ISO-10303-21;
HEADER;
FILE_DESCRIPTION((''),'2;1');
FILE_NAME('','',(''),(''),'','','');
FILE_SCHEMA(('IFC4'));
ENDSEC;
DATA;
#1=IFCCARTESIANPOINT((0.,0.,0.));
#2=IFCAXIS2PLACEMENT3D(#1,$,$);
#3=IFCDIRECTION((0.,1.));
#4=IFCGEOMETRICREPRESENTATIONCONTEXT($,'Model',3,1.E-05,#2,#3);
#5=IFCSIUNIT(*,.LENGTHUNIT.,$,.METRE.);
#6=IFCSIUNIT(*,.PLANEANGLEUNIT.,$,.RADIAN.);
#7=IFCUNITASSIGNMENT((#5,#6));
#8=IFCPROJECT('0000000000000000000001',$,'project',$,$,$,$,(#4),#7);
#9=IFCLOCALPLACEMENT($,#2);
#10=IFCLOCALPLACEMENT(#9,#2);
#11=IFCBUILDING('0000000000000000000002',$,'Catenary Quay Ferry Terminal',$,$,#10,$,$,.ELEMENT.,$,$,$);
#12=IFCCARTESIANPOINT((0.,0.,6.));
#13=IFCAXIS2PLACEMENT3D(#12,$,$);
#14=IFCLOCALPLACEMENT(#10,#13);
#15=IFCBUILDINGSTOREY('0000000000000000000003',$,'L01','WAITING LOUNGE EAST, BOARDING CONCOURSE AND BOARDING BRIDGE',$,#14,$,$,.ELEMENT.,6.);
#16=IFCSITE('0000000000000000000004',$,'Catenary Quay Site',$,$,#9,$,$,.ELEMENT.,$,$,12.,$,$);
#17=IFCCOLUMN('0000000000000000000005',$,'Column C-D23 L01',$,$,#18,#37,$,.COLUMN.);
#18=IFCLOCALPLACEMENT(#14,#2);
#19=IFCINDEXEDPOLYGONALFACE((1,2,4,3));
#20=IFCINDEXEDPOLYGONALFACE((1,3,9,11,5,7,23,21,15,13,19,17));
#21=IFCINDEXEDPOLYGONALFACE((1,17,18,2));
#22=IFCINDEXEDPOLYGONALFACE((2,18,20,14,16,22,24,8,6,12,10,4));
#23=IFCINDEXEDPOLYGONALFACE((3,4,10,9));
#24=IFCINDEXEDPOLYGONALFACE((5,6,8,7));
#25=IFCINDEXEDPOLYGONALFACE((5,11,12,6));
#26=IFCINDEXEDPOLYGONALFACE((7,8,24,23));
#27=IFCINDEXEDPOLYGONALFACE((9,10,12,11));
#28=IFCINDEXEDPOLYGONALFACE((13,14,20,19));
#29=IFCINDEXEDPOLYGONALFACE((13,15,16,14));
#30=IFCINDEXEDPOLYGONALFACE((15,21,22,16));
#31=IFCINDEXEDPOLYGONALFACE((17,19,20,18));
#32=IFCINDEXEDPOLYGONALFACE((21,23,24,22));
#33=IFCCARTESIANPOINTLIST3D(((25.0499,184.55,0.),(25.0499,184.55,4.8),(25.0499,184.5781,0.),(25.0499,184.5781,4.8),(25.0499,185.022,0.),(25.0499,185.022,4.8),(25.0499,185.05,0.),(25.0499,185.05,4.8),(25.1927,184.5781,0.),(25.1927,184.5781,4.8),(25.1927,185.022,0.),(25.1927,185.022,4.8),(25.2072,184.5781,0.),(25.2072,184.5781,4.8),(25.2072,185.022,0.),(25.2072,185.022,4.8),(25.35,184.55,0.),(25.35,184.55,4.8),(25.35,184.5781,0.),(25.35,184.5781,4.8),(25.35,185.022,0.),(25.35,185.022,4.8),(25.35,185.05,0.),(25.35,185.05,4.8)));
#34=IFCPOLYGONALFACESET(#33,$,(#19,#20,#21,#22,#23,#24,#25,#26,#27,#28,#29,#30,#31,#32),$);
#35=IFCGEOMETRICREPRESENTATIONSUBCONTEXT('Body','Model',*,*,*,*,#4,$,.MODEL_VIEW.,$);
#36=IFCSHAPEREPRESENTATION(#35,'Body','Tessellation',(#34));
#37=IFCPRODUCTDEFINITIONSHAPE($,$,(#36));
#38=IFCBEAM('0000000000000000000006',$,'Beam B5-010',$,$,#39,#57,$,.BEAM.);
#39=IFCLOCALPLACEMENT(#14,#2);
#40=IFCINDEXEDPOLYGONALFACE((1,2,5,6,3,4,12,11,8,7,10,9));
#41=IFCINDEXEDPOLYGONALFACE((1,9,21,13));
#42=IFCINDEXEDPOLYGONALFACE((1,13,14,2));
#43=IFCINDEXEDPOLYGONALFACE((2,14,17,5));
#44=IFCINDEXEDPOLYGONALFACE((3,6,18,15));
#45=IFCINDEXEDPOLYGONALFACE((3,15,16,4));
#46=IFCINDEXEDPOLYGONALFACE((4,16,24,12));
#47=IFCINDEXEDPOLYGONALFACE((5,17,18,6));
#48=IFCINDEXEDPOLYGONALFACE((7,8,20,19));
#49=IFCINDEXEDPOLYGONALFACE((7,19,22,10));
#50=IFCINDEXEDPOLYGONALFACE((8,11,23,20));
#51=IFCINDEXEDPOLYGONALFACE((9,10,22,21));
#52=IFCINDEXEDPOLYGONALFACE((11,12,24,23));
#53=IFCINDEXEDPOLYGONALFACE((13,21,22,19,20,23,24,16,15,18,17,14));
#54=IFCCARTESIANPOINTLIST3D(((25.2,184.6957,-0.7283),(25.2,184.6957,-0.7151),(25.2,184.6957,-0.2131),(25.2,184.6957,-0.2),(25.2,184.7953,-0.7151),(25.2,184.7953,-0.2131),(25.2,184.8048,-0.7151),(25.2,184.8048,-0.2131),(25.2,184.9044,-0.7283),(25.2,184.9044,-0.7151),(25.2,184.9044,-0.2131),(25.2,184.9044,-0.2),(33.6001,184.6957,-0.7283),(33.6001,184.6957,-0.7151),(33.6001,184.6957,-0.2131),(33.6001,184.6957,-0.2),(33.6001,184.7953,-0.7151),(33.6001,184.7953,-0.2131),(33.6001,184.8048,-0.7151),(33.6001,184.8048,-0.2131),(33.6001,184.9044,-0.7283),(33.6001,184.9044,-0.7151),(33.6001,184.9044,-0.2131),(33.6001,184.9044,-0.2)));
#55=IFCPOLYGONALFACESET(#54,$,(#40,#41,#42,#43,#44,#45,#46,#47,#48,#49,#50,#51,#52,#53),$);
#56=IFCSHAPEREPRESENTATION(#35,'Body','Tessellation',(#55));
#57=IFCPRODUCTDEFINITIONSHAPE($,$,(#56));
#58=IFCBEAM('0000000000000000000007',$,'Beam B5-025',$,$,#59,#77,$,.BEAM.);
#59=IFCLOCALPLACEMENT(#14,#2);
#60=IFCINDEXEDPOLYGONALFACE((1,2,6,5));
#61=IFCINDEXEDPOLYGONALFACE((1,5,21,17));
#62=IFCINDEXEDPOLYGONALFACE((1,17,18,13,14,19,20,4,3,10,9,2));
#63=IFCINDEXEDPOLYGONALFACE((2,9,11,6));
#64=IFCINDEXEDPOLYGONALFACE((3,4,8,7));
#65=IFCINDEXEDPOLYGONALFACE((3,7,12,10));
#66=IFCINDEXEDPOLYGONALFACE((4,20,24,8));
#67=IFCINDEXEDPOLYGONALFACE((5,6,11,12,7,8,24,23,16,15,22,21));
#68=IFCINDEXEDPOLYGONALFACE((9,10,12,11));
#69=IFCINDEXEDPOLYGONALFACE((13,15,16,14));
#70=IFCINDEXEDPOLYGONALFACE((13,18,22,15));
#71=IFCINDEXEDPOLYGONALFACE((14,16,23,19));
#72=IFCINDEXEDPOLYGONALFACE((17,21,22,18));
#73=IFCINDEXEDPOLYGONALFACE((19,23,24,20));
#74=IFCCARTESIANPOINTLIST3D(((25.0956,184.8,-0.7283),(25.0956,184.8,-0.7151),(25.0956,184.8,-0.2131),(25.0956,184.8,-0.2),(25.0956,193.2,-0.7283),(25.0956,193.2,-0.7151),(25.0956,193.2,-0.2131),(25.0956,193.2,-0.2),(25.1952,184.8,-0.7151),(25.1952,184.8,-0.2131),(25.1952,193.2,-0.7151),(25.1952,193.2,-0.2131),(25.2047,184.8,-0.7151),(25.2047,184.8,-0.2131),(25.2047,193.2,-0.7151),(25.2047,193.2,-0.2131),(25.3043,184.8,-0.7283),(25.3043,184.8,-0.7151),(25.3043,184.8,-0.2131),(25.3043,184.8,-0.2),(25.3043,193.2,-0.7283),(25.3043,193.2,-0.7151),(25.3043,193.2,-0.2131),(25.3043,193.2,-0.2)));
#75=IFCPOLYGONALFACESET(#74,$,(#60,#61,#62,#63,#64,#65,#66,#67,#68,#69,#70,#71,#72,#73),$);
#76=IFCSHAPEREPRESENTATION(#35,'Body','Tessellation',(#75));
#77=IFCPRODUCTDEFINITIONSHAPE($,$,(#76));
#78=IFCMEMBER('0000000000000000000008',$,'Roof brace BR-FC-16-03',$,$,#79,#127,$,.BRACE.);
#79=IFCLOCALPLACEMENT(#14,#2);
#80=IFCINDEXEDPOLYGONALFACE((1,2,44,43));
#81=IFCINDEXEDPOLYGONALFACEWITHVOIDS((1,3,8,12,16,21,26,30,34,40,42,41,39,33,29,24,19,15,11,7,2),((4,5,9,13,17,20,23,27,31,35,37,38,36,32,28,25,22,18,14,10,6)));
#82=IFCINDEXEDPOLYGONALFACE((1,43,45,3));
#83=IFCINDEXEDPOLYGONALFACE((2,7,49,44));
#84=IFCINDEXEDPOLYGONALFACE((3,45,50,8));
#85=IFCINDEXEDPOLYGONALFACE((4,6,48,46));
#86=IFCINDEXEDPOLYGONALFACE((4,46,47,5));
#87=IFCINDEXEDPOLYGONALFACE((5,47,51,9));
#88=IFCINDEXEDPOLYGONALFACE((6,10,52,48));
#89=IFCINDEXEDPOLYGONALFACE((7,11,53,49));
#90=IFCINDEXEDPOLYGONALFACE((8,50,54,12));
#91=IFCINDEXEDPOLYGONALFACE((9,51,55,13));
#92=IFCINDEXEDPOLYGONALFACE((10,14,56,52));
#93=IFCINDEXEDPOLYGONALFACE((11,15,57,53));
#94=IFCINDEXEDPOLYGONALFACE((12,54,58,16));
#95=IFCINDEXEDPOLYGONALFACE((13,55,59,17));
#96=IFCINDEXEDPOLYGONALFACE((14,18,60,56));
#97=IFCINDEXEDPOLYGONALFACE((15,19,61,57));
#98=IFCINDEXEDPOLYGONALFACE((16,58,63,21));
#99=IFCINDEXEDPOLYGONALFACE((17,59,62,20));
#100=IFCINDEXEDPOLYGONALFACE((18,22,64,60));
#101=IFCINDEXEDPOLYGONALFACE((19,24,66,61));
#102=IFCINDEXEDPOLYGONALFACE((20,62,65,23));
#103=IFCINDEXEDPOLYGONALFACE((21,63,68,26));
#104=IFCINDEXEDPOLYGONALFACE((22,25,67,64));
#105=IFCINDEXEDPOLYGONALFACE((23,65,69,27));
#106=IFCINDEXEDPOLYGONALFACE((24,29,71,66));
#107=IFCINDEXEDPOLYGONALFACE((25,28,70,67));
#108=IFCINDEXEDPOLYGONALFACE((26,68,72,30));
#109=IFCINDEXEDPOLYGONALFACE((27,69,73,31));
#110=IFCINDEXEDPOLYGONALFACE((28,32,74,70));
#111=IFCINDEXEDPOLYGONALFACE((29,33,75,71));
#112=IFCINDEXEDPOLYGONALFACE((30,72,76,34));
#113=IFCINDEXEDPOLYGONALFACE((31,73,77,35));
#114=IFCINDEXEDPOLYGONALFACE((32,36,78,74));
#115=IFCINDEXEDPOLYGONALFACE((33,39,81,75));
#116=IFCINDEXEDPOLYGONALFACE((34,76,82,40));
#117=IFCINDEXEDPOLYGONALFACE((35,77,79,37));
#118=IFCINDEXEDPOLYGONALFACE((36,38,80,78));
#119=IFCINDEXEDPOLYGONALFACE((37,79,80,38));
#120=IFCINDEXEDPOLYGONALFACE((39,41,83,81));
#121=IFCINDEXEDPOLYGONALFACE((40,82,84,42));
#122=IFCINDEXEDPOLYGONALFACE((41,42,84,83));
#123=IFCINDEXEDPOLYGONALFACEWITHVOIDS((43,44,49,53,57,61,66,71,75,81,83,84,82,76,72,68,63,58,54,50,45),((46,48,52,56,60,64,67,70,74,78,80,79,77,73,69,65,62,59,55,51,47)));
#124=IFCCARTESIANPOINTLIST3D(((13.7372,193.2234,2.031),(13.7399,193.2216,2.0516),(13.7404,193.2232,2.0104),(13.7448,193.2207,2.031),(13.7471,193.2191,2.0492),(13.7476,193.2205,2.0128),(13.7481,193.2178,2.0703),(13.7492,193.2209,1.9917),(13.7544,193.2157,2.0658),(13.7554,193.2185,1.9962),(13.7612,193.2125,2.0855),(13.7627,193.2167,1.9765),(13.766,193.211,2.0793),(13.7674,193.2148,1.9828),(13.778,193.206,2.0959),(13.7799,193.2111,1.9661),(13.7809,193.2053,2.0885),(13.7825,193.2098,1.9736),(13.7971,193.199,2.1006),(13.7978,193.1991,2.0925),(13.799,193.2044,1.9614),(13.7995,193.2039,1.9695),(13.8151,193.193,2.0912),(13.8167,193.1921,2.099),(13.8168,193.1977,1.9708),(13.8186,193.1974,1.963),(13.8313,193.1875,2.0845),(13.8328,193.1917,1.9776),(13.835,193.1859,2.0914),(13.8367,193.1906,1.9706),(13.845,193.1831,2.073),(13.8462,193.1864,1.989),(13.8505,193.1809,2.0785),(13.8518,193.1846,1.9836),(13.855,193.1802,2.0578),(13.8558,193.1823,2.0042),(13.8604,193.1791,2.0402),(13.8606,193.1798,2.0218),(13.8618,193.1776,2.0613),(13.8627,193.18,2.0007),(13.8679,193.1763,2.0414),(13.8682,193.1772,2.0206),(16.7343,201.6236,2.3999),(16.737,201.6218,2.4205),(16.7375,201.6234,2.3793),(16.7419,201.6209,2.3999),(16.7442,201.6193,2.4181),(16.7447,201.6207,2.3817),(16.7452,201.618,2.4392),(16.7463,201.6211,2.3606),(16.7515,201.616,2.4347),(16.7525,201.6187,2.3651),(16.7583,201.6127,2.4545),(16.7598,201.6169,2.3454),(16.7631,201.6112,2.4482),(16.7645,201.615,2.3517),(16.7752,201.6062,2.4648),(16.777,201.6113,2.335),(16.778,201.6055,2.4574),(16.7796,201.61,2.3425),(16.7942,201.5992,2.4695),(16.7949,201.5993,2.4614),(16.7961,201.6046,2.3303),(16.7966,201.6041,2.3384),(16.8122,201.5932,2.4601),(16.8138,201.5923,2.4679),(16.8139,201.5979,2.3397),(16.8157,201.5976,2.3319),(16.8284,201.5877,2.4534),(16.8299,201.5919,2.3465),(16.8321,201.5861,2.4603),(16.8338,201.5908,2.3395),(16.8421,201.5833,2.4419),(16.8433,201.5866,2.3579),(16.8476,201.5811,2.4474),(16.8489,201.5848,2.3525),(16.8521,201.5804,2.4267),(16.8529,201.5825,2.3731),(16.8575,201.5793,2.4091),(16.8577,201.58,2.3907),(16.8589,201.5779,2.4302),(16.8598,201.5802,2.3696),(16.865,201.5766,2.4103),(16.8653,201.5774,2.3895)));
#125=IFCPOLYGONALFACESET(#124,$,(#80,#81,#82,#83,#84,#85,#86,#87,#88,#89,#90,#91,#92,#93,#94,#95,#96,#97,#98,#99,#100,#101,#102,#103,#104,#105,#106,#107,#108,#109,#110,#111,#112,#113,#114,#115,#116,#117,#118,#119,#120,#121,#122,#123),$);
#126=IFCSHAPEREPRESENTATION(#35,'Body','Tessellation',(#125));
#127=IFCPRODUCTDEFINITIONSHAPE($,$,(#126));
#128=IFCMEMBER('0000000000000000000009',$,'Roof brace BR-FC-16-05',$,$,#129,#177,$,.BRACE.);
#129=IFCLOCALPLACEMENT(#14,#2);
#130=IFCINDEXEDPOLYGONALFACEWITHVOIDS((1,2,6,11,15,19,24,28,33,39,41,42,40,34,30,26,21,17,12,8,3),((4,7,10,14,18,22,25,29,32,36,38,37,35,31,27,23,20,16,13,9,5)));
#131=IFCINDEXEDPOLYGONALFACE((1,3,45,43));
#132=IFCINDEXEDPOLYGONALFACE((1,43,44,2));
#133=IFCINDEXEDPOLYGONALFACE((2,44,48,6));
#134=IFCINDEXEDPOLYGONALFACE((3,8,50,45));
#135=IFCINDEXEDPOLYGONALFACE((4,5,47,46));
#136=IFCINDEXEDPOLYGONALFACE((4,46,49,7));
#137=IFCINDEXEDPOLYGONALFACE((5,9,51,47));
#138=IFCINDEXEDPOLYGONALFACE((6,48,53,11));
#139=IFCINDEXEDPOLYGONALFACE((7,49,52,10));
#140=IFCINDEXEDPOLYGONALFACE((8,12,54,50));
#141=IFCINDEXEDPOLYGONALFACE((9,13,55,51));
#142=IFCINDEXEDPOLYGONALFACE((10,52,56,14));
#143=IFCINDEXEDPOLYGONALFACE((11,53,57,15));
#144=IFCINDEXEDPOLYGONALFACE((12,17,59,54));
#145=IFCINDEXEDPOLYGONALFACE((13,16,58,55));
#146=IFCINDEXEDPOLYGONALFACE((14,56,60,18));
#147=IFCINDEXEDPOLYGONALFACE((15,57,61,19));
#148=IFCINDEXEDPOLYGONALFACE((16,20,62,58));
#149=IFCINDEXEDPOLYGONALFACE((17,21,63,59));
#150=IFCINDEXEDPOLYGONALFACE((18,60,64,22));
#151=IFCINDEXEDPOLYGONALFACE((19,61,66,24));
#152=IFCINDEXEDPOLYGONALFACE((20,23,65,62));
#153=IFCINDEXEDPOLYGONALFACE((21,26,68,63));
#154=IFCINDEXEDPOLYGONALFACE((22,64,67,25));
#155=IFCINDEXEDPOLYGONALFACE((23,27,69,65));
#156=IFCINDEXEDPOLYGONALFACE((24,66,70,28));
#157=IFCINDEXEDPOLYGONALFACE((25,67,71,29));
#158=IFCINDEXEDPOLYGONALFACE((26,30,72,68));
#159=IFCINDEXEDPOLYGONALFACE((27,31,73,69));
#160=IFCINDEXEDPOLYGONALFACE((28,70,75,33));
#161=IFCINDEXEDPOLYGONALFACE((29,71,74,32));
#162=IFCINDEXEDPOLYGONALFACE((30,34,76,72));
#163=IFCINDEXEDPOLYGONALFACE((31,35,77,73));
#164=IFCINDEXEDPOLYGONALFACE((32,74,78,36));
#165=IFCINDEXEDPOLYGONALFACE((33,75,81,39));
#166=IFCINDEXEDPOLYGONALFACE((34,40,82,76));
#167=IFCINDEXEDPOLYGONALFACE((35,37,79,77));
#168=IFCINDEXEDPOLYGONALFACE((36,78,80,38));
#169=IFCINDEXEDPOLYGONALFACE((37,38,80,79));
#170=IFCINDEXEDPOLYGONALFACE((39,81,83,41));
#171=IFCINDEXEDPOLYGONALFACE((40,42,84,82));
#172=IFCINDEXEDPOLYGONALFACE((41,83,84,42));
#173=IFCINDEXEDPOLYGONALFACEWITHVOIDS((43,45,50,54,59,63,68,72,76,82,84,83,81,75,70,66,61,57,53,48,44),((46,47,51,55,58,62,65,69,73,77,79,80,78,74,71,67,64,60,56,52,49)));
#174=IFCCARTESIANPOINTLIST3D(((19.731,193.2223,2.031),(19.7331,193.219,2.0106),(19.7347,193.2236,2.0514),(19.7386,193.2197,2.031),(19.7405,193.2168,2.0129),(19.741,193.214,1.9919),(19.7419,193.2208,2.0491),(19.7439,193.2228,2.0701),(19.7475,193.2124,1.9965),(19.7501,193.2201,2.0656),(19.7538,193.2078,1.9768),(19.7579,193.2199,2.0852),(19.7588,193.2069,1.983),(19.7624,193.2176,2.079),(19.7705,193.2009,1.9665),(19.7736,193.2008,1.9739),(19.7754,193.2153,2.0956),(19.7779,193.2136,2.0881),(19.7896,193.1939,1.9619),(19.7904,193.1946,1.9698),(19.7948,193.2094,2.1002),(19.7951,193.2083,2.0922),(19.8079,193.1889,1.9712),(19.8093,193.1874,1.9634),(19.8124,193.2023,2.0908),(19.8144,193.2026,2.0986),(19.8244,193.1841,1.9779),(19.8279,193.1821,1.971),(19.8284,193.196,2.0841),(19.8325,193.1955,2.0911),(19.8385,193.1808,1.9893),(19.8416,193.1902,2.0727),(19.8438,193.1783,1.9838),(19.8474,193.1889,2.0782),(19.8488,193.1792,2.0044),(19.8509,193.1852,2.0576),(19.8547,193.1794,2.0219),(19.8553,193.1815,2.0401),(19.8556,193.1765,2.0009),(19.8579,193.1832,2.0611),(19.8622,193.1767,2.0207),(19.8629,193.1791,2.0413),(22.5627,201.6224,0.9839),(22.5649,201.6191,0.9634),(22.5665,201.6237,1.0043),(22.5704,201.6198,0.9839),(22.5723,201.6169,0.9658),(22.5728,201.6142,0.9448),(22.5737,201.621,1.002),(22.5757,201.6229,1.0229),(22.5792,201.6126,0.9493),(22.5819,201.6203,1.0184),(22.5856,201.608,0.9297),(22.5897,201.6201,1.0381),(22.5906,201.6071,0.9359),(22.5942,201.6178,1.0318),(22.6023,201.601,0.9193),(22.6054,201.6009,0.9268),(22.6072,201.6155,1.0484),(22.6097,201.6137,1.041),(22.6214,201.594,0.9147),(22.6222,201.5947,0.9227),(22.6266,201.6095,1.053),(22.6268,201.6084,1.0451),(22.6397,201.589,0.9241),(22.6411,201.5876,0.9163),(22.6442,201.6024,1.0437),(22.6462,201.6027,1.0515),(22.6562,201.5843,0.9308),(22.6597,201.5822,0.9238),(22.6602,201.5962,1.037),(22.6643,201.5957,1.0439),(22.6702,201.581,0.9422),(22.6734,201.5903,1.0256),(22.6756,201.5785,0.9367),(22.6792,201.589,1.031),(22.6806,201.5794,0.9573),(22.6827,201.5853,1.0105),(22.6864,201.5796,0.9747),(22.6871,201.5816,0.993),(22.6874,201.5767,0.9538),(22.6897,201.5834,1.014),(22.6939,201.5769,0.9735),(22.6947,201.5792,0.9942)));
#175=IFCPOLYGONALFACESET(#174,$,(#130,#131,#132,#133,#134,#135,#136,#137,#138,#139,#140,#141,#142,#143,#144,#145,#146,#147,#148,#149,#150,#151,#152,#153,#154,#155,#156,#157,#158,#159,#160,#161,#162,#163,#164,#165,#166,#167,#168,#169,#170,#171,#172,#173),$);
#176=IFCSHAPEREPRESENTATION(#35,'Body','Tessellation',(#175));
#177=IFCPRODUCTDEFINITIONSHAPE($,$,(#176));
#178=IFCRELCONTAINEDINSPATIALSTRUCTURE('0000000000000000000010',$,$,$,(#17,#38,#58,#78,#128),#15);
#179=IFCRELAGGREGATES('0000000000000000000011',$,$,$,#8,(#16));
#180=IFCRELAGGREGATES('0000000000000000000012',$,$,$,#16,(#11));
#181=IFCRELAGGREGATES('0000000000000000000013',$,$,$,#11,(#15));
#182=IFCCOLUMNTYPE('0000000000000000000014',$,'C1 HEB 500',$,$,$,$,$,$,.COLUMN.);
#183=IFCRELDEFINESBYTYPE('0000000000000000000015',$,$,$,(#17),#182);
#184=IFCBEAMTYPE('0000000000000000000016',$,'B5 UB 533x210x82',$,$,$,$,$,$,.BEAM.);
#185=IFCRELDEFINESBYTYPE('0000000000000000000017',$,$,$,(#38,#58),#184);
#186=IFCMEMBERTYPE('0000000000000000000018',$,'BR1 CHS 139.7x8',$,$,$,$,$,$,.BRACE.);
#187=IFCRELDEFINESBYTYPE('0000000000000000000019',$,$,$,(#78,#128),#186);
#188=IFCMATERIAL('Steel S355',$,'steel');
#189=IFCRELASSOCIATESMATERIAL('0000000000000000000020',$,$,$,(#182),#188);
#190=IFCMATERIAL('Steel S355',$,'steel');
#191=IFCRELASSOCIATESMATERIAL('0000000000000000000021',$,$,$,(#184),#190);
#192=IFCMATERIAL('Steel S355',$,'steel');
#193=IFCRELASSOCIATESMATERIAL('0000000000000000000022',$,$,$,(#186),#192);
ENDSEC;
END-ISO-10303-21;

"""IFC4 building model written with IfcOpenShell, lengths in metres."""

from ifc_helpers import new_model, si_unit, direction, frame, origin, origin_2d, place, context, subcontext, project, spatial, hollow_circle, i_section, extrude, material, material_profile, profile_set, type_object, element, save


model = new_model("IFC4")

# Units and contexts
model_context = context("Model", 3, precision=1e-05, world=origin(), true_north=direction((0.0, 1.0)))
body_context = subcontext(model_context, "Body", "Model", "MODEL_VIEW")
ifc_project = project(units=[si_unit("LENGTHUNIT", "METRE"), si_unit("PLANEANGLEUNIT", "RADIAN")], contexts=[model_context])

# Site, building, storey
site_placement = place(None, origin())
site = spatial("IfcSite", under=ifc_project, at=site_placement, Name="Catenary Quay Site", CompositionType="ELEMENT", RefElevation=12.0)
building_placement = place(site_placement, origin())
building = spatial("IfcBuilding", under=site, at=building_placement, Name="Catenary Quay Ferry Terminal", CompositionType="ELEMENT")
storey_placement = place(building_placement, frame((0.0, 0.0, 6.0)))
storey = spatial("IfcBuildingStorey", under=building, at=storey_placement, Name="L01", Description="WAITING LOUNGE EAST, BOARDING CONCOURSE AND BOARDING BRIDGE", CompositionType="ELEMENT", Elevation=6.0)

# Column
ifc_material_1 = material(Name="Steel S355", Category="steel")
ifc_material_profile_1 = material_profile(ifc_material_1, i_section(OverallWidth=0.3, OverallDepth=0.5, WebThickness=0.0144, FlangeThickness=0.0281, at=origin_2d()), Name="HEB 500")
ifc_profile_set_1 = profile_set([ifc_material_profile_1], Name="Steel S355")
column_type = type_object("IfcColumnType", Name="C1 HEB 500", PredefinedType="COLUMN", material=ifc_profile_set_1)
column_placement = place(storey_placement, frame((25.2, 184.8, 0.0), z_axis=(0.0, 0.0, 1.0), x_axis=(1.0, 0.0, 0.0)))
element("IfcColumn", 1, at=column_placement, inside=storey, type_object=column_type, Name="Column C-D23 L01", PredefinedType="COLUMN", context=body_context, shape_type="SweptSolid", body=[
    extrude(i_section(OverallWidth=0.3, OverallDepth=0.5, WebThickness=0.0144, FlangeThickness=0.0281, at=origin_2d()), origin(), (0.0, 0.0, 1.0), 4.8),
])

# Beams
ifc_material_2 = material(Name="Steel S355", Category="steel")
ifc_material_profile_2 = material_profile(ifc_material_2, i_section(OverallWidth=0.2087, OverallDepth=0.5283, WebThickness=0.0095, FlangeThickness=0.0132, at=origin_2d()), Name="UB 533x210x82")
ifc_profile_set_2 = profile_set([ifc_material_profile_2], Name="Steel S355")
beam_type = type_object("IfcBeamType", Name="B5 UB 533x210x82", PredefinedType="BEAM", material=ifc_profile_set_2)
beam_1_placement = place(storey_placement, frame((25.2, 184.8, -0.4641), z_axis=(1.0, 0.0, 0.0), x_axis=(0.0, 1.0, 0.0)))
element("IfcBeam", 2, at=beam_1_placement, inside=storey, type_object=beam_type, Name="Beam B5-010", PredefinedType="BEAM", context=body_context, shape_type="SweptSolid", body=[
    extrude(i_section(OverallWidth=0.2087, OverallDepth=0.5283, WebThickness=0.0095, FlangeThickness=0.0132, at=origin_2d()), origin(), (0.0, 0.0, 1.0), 8.4001),
])
beam_2_placement = place(storey_placement, frame((25.2, 184.8, -0.4641), z_axis=(0.0, 1.0, 0.0), x_axis=(-1.0, 0.0, 0.0)))
element("IfcBeam", 3, at=beam_2_placement, inside=storey, type_object=beam_type, Name="Beam B5-025", PredefinedType="BEAM", context=body_context, shape_type="SweptSolid", body=[
    extrude(i_section(OverallWidth=0.2087, OverallDepth=0.5283, WebThickness=0.0095, FlangeThickness=0.0132, at=origin_2d()), origin(), (0.0, 0.0, 1.0), 8.3999),
])

# Members
ifc_material_3 = material(Name="Steel S355", Category="steel")
ifc_material_profile_3 = material_profile(ifc_material_3, hollow_circle(Radius=0.0698, WallThickness=0.0081, at=origin_2d()), Name="CHS 139.7x8")
ifc_profile_set_3 = profile_set([ifc_material_profile_3], Name="Steel S355")
member_type_1 = type_object("IfcMemberType", Name="BR1 CHS 139.7x8", PredefinedType="BRACE", material=ifc_profile_set_3)
member_1_placement = place(storey_placement, frame((13.803, 193.2, 2.031), z_axis=(0.335753, 0.941043, 0.041326), x_axis=(-0.941848, 0.33604, 0.0)))
element("IfcMember", 4, at=member_1_placement, inside=storey, type_object=member_type_1, Name="Roof brace BR-FC-16-03", PredefinedType="BRACE", context=body_context, shape_type="SweptSolid", body=[
    extrude(hollow_circle(Radius=0.0698, WallThickness=0.0081, at=origin_2d()), origin(), (0.0, 0.0, 1.0), 8.9265),
])
member_2_placement = place(storey_placement, frame((19.7971, 193.2, 2.031), z_axis=(0.317243, 0.941061, -0.117308), x_axis=(-0.947604, 0.319448, 0.0)))
element("IfcMember", 5, at=member_2_placement, inside=storey, type_object=member_type_1, Name="Roof brace BR-FC-16-05", PredefinedType="BRACE", context=body_context, shape_type="SweptSolid", body=[
    extrude(hollow_circle(Radius=0.0698, WallThickness=0.0081, at=origin_2d()), origin(), (0.0, 0.0, 1.0), 8.9263),
])

save(model, "model.ifc")
